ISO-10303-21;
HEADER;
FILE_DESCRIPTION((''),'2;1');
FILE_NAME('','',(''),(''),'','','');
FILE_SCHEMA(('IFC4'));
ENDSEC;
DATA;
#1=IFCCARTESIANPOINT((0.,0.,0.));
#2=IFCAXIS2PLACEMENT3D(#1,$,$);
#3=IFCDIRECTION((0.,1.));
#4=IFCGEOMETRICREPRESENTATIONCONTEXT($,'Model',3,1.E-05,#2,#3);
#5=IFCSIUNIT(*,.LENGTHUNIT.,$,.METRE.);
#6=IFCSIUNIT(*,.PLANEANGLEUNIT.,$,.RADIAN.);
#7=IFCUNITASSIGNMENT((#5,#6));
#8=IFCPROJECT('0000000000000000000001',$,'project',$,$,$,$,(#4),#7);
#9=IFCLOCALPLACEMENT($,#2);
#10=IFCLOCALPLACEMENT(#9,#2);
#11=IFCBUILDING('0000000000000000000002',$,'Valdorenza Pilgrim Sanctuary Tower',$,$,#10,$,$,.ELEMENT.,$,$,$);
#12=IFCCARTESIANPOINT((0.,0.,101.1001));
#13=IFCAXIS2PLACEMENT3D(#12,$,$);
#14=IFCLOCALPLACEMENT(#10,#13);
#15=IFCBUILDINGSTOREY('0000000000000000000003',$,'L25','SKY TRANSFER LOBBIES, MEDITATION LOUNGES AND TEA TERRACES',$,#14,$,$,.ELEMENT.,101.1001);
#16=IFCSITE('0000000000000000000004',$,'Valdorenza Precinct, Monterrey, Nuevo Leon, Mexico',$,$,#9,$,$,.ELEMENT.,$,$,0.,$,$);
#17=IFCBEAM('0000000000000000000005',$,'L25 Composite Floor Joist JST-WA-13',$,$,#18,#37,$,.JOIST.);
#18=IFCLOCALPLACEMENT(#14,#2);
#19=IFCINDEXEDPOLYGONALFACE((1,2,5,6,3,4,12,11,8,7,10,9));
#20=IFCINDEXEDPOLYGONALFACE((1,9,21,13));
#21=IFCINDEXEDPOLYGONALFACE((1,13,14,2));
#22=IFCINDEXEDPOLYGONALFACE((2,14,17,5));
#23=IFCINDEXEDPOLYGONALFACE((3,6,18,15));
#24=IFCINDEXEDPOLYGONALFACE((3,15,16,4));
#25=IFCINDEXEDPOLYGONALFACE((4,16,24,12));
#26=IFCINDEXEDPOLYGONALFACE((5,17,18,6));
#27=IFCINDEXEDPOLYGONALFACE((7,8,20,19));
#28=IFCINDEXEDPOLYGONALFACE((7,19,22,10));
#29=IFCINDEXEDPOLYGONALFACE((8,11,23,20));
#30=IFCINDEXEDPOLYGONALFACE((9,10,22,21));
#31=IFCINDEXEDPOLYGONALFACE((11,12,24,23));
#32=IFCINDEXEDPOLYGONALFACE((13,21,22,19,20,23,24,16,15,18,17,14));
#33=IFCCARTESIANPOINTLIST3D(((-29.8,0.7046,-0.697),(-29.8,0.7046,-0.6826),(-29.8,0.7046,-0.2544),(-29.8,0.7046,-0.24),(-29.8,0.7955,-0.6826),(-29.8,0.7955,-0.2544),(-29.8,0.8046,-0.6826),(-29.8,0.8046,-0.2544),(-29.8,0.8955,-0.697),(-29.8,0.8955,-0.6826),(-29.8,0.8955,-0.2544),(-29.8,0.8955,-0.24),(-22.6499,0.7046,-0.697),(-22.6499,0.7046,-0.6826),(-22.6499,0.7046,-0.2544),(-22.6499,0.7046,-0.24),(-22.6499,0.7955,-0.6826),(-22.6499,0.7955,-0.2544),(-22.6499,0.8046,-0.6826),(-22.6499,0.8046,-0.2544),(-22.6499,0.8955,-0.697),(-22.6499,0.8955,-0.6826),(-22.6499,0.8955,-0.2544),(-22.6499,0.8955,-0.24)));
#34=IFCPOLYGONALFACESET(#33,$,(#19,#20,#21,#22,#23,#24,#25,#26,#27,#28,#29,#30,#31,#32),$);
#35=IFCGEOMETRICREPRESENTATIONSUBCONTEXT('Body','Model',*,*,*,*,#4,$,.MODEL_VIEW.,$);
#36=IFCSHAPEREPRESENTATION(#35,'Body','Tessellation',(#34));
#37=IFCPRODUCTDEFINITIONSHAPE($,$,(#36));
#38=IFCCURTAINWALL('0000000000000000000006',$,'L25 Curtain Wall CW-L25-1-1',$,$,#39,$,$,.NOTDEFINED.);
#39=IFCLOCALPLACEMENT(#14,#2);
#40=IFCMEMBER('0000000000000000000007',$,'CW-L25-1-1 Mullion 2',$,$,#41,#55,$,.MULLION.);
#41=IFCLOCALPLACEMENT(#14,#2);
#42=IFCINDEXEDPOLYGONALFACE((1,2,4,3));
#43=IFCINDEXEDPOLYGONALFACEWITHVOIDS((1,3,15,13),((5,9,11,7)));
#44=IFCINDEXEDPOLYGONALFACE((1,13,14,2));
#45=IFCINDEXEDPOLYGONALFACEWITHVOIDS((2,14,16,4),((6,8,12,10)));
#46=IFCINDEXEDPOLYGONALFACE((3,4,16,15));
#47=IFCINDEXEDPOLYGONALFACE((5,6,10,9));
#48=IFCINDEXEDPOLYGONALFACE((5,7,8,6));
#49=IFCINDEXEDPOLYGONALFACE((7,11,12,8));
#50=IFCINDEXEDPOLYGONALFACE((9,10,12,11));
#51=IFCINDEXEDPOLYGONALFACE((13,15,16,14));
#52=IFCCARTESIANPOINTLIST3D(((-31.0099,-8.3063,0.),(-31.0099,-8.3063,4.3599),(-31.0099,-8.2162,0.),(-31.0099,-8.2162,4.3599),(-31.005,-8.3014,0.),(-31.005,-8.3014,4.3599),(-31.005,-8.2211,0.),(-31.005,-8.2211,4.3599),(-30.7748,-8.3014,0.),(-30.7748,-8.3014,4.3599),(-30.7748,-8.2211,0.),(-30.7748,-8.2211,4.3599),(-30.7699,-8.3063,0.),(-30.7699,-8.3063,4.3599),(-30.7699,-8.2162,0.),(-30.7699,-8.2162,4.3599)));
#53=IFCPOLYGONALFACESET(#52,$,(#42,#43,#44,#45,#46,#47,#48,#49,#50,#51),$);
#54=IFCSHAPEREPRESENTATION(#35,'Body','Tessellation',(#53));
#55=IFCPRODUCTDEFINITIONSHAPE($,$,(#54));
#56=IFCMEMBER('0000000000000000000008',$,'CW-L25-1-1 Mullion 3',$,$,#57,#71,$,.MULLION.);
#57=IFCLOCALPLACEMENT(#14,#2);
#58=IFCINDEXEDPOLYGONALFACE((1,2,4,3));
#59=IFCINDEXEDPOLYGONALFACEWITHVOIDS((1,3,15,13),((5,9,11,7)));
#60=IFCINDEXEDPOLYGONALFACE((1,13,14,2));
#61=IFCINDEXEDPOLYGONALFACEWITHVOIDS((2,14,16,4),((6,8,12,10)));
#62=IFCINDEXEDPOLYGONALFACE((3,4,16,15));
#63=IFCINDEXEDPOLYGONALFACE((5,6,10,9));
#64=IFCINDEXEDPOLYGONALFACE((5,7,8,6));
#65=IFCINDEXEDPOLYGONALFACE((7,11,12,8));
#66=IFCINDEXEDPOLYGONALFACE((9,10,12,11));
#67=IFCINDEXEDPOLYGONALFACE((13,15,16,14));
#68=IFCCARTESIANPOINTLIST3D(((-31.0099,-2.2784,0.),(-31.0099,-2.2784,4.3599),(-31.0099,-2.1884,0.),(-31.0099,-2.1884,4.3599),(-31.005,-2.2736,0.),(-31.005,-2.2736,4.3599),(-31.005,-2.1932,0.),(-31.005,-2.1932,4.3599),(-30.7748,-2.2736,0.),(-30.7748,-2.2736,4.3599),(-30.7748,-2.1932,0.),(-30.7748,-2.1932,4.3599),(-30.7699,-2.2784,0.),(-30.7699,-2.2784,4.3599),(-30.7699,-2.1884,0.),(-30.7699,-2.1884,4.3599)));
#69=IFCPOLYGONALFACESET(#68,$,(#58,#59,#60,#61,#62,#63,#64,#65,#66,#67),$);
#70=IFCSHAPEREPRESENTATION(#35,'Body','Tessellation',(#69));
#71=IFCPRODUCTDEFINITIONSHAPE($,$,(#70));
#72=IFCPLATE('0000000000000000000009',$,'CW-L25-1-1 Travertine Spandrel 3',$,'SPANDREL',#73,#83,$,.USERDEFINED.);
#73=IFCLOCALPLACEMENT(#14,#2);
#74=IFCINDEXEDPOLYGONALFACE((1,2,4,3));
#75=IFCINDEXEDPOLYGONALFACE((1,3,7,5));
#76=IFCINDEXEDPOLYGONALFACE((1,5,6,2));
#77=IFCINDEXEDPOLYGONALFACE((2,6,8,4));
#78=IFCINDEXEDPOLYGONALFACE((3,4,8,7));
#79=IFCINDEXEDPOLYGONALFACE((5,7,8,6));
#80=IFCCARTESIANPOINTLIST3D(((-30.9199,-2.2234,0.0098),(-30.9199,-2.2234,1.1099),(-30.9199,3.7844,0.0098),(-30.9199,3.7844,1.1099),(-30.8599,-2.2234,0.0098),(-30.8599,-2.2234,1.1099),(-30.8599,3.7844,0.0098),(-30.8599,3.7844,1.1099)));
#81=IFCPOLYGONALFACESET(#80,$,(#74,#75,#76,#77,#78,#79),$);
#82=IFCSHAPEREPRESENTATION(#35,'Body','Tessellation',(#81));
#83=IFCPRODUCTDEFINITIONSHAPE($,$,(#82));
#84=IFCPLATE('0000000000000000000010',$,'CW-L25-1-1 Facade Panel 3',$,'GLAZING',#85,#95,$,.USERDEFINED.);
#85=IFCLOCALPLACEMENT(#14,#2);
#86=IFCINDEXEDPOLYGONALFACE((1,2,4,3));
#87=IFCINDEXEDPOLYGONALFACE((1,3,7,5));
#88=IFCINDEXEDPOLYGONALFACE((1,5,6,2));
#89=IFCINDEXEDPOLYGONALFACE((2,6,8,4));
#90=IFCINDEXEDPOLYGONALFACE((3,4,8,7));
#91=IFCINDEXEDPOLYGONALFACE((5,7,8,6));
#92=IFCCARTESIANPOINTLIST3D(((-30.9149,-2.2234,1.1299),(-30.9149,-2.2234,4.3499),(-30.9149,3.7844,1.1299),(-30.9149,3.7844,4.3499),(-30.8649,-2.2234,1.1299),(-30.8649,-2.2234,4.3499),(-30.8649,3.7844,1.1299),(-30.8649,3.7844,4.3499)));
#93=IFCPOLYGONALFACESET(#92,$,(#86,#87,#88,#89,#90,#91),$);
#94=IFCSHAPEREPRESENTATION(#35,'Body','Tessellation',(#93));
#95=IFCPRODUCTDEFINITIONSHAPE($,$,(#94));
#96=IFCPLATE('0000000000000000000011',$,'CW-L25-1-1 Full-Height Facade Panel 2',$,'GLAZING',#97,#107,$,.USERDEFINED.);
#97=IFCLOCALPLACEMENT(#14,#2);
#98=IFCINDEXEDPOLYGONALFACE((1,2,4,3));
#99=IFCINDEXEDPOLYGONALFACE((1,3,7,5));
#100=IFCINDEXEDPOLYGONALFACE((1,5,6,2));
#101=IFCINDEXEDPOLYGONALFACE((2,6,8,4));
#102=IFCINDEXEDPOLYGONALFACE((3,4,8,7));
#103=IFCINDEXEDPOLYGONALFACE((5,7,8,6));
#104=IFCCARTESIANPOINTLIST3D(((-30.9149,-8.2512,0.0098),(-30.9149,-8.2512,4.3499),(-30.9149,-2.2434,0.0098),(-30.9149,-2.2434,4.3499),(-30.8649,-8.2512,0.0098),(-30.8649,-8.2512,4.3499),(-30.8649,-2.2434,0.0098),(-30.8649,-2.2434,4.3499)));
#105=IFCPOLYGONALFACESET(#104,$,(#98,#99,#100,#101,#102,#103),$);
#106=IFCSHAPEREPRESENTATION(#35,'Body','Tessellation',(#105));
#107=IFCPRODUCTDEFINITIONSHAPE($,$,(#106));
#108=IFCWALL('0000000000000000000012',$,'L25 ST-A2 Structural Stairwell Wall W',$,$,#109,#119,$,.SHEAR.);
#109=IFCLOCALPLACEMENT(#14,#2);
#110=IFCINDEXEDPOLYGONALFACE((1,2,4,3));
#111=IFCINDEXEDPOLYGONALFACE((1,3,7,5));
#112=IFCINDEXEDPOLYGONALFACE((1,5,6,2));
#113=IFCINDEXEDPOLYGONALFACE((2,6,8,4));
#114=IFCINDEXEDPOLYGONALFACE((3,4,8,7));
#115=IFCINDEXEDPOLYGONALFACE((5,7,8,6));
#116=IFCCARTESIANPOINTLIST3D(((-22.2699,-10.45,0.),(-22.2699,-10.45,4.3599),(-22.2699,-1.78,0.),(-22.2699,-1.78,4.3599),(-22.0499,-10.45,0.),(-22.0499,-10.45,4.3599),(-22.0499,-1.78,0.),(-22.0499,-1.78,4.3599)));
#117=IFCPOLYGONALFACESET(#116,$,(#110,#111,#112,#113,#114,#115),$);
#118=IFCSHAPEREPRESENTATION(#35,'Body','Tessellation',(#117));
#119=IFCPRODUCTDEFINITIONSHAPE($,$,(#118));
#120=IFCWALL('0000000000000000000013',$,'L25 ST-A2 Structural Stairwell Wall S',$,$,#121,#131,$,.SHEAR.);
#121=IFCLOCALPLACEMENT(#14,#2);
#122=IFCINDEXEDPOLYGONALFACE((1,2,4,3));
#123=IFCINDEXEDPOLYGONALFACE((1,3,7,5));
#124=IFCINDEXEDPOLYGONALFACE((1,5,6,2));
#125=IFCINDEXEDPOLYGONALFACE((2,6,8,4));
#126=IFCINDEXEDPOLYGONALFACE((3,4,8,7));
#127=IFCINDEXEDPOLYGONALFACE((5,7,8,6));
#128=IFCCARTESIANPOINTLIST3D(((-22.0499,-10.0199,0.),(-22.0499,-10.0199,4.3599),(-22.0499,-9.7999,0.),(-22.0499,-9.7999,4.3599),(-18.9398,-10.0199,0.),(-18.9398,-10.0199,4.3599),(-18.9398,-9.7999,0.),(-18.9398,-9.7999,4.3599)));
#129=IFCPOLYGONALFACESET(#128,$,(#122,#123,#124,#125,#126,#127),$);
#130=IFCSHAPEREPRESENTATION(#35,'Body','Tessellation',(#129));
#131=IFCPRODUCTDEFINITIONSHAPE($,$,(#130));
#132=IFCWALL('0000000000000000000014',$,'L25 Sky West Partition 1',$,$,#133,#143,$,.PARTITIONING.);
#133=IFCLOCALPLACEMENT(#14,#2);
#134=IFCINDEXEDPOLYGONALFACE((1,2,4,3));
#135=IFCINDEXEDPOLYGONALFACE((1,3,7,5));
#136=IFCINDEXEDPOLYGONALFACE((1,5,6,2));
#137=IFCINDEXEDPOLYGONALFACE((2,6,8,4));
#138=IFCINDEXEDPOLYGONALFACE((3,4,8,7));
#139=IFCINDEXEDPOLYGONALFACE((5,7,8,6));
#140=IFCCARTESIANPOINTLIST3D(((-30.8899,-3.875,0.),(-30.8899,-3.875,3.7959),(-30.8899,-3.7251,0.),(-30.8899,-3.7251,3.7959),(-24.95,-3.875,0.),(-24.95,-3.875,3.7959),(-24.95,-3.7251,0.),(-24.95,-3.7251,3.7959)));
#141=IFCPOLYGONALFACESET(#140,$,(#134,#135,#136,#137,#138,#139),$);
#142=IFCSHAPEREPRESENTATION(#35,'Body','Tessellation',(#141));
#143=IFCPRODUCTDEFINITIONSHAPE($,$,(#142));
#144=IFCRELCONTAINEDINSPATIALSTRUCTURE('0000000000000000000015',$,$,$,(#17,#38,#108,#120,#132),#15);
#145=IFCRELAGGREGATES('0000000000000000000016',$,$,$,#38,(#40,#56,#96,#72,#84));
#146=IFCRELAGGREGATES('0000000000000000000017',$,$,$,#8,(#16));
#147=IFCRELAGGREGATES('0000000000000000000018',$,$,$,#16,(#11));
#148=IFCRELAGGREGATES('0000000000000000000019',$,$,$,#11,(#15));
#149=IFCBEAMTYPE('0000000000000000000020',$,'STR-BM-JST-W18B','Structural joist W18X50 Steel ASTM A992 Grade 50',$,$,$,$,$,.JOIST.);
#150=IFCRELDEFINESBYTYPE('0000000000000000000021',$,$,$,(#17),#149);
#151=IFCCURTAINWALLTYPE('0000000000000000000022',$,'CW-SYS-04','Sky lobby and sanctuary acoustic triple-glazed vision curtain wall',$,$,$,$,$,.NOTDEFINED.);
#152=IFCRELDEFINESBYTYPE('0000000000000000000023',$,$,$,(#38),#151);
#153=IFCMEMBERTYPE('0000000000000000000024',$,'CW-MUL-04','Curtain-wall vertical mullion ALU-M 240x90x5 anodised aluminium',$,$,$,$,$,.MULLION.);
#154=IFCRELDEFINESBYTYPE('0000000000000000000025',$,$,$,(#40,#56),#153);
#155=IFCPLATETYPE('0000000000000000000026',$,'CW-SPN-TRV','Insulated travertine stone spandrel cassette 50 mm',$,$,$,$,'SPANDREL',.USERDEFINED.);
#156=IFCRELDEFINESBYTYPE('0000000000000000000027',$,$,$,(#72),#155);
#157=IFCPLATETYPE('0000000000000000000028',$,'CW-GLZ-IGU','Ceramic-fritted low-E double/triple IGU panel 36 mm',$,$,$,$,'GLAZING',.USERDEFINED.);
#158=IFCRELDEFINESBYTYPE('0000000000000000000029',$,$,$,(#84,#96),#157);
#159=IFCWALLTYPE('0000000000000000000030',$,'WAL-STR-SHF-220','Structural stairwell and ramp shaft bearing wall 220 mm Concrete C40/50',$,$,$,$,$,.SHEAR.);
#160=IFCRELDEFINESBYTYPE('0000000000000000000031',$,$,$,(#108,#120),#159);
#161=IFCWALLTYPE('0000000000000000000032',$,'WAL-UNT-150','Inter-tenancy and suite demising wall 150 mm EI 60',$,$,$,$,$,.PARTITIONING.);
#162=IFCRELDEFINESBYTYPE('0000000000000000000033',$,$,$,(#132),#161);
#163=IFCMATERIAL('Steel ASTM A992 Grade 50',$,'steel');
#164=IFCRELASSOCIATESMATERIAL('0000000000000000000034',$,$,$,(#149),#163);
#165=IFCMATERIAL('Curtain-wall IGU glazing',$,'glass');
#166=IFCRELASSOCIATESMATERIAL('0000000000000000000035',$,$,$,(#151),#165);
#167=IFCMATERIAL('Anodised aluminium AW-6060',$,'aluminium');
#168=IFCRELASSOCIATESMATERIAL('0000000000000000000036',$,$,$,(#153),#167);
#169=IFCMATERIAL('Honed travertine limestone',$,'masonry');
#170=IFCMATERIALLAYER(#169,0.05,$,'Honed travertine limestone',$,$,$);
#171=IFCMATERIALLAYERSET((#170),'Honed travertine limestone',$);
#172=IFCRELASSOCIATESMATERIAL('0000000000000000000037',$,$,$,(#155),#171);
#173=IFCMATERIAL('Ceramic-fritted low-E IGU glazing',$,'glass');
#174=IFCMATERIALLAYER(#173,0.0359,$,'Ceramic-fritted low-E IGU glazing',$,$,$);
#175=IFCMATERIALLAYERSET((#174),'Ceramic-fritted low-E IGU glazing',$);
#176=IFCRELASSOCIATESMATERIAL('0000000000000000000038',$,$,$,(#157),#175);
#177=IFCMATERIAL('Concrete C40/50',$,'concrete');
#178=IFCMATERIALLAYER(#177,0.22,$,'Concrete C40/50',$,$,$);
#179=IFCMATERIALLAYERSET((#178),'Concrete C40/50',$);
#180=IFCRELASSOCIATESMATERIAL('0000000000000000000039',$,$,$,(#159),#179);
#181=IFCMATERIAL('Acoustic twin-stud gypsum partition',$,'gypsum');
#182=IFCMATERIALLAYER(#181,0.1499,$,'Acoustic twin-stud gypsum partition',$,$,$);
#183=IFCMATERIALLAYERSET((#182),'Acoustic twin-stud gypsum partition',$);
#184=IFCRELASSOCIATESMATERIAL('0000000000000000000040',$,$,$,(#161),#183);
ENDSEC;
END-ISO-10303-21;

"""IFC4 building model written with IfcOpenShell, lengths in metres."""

from ifc_helpers import new_model, si_unit, direction, frame, frame_2d, origin, origin_2d, place, context, subcontext, project, spatial, rectangle, hollow_rectangle, i_section, extrude, source, transform, mapped, material, layer, layer_set, material_profile, profile_set, type_object, element, aggregate, save


model = new_model("IFC4")

# Units and contexts
model_context = context("Model", 3, precision=1e-05, world=origin(), true_north=direction((0.0, 1.0)))
body_context = subcontext(model_context, "Body", "Model", "MODEL_VIEW")
ifc_project = project(units=[si_unit("LENGTHUNIT", "METRE"), si_unit("PLANEANGLEUNIT", "RADIAN")], contexts=[model_context])

# Site, building, storey
site_placement = place(None, origin())
site = spatial("IfcSite", under=ifc_project, at=site_placement, Name="Valdorenza Precinct, Monterrey, Nuevo Leon, Mexico", CompositionType="ELEMENT", RefElevation=0.0)
building_placement = place(site_placement, origin())
building = spatial("IfcBuilding", under=site, at=building_placement, Name="Valdorenza Pilgrim Sanctuary Tower", CompositionType="ELEMENT")
storey_placement = place(building_placement, frame((0.0, 0.0, 101.1001)))
storey = spatial("IfcBuildingStorey", under=building, at=storey_placement, Name="L25", Description="SKY TRANSFER LOBBIES, MEDITATION LOUNGES AND TEA TERRACES", CompositionType="ELEMENT", Elevation=101.1001)

# Beam
ifc_material_1 = material(Name="Steel ASTM A992 Grade 50", Category="steel")
ifc_material_profile_1 = material_profile(ifc_material_1, i_section(OverallWidth=0.1909, OverallDepth=0.457, WebThickness=0.009, FlangeThickness=0.0144, at=origin_2d()), Name="W18X50")
ifc_profile_set_1 = profile_set([ifc_material_profile_1], Name="Steel ASTM A992 Grade 50")
beam_type_1 = type_object("IfcBeamType", Name="STR-BM-JST-W18B", Description="Structural joist W18X50 Steel ASTM A992 Grade 50", PredefinedType="JOIST", material=ifc_profile_set_1)
shared_shape_1 = source(origin(), body_context, "Body", "SweptSolid", [
    extrude(i_section(OverallWidth=0.1909, OverallDepth=0.457, WebThickness=0.009, FlangeThickness=0.0144, at=origin_2d()), origin(), (0.0, 0.0, 1.0), 7.1501),
])
for number, where, z_axis, x_axis, name in (
    (1, (-29.8, 0.8, -0.4685), (1.0, 0.0, 0.0), (0.0, 1.0, 0.0), "L25 Composite Floor Joist JST-WA-13"),
):
    element("IfcBeam", number, at=place(storey_placement, frame(where, z_axis=z_axis, x_axis=x_axis)), inside=storey, type_object=beam_type_1, Name=name, PredefinedType="JOIST", context=body_context, shape_type="MappedRepresentation", body=[
        mapped(shared_shape_1, transform((0.0, 0.0, 0.0), x_axis=(1.0, 0.0, 0.0), y_axis=(0.0, 1.0, 0.0), z_axis=(0.0, 0.0, 1.0), scale=1.0)),
    ])

# Curtain wall, members, plates
ifc_material_2 = material(Name="Curtain-wall IGU glazing", Category="glass")
curtain_wall_type = type_object("IfcCurtainWallType", Name="CW-SYS-04", Description="Sky lobby and sanctuary acoustic triple-glazed vision curtain wall", PredefinedType="NOTDEFINED", material=ifc_material_2)
curtain_wall_placement = place(storey_placement, origin())
curtain_wall = element("IfcCurtainWall", 2, at=curtain_wall_placement, inside=storey, type_object=curtain_wall_type, Name="L25 Curtain Wall CW-L25-1-1", PredefinedType="NOTDEFINED")
ifc_material_3 = material(Name="Anodised aluminium AW-6060", Category="aluminium")
ifc_material_profile_2 = material_profile(ifc_material_3, hollow_rectangle(XDim=0.0901, YDim=0.24, WallThickness=0.0049, at=origin_2d()), Name="ALU-M 240x90x5")
ifc_profile_set_2 = profile_set([ifc_material_profile_2], Name="Anodised aluminium AW-6060")
member_type = type_object("IfcMemberType", Name="CW-MUL-04", Description="Curtain-wall vertical mullion ALU-M 240x90x5 anodised aluminium", PredefinedType="MULLION", material=ifc_profile_set_2)
shared_shape_2 = source(origin(), body_context, "Body", "SweptSolid", [
    extrude(hollow_rectangle(XDim=0.0901, YDim=0.24, WallThickness=0.0049, at=origin_2d()), origin(), (0.0, 0.0, 1.0), 4.3599),
])
member_1_placement = place(storey_placement, frame((-30.8899, -8.2612, 0.0), z_axis=(0.0, 0.0, 1.0), x_axis=(0.0, 1.0, 0.0)))
member_1 = element("IfcMember", 3, at=member_1_placement, type_object=member_type, Name="CW-L25-1-1 Mullion 2", PredefinedType="MULLION", context=body_context, shape_type="MappedRepresentation", body=[
    mapped(shared_shape_2, transform((0.0, 0.0, 0.0), x_axis=(1.0, 0.0, 0.0), y_axis=(0.0, 1.0, 0.0), z_axis=(0.0, 0.0, 1.0), scale=1.0)),
])
member_2_placement = place(storey_placement, frame((-30.8899, -2.2334, 0.0), z_axis=(0.0, 0.0, 1.0), x_axis=(0.0, 1.0, 0.0)))
member_2 = element("IfcMember", 4, at=member_2_placement, type_object=member_type, Name="CW-L25-1-1 Mullion 3", PredefinedType="MULLION", context=body_context, shape_type="MappedRepresentation", body=[
    mapped(shared_shape_2, transform((0.0, 0.0, 0.0), x_axis=(1.0, 0.0, 0.0), y_axis=(0.0, 1.0, 0.0), z_axis=(0.0, 0.0, 1.0), scale=1.0)),
])
ifc_material_4 = material(Name="Honed travertine limestone", Category="masonry")
ifc_layer_1 = layer(ifc_material_4, 0.05, Name="Honed travertine limestone")
ifc_layer_set_1 = layer_set([ifc_layer_1], Name="Honed travertine limestone")
plate_type_1 = type_object("IfcPlateType", Name="CW-SPN-TRV", Description="Insulated travertine stone spandrel cassette 50 mm", ElementType="SPANDREL", PredefinedType="USERDEFINED", material=ifc_layer_set_1)
shared_shape_3 = source(origin(), body_context, "Body", "SweptSolid", [
    extrude(rectangle(XDim=6.0078, YDim=0.0601, at=origin_2d()), origin(), (0.0, 0.0, 1.0), 1.1001),
])
plate_1_placement = place(storey_placement, frame((-30.8899, 0.7805, 0.0098), z_axis=(0.0, 0.0, 1.0), x_axis=(0.0, 1.0, 0.0)))
plate_1 = element("IfcPlate", 5, at=plate_1_placement, type_object=plate_type_1, Name="CW-L25-1-1 Travertine Spandrel 3", ObjectType="SPANDREL", PredefinedType="USERDEFINED", context=body_context, shape_type="MappedRepresentation", body=[
    mapped(shared_shape_3, transform((0.0, 0.0, 0.0), x_axis=(1.0, 0.0, 0.0), y_axis=(0.0, 1.0, 0.0), z_axis=(0.0, 0.0, 1.0), scale=1.0)),
])
ifc_material_5 = material(Name="Ceramic-fritted low-E IGU glazing", Category="glass")
ifc_layer_2 = layer(ifc_material_5, 0.0359, Name="Ceramic-fritted low-E IGU glazing")
ifc_layer_set_2 = layer_set([ifc_layer_2], Name="Ceramic-fritted low-E IGU glazing")
plate_type_2 = type_object("IfcPlateType", Name="CW-GLZ-IGU", Description="Ceramic-fritted low-E double/triple IGU panel 36 mm", ElementType="GLAZING", PredefinedType="USERDEFINED", material=ifc_layer_set_2)
shared_shape_4 = source(origin(), body_context, "Body", "SweptSolid", [
    extrude(rectangle(XDim=6.0078, YDim=0.05, at=origin_2d()), origin(), (0.0, 0.0, 1.0), 3.22),
])
plate_2_placement = place(storey_placement, frame((-30.8899, 0.7805, 1.1299), z_axis=(0.0, 0.0, 1.0), x_axis=(0.0, 1.0, 0.0)))
plate_2 = element("IfcPlate", 6, at=plate_2_placement, type_object=plate_type_2, Name="CW-L25-1-1 Facade Panel 3", ObjectType="GLAZING", PredefinedType="USERDEFINED", context=body_context, shape_type="MappedRepresentation", body=[
    mapped(shared_shape_4, transform((0.0, 0.0, 0.0), x_axis=(1.0, 0.0, 0.0), y_axis=(0.0, 1.0, 0.0), z_axis=(0.0, 0.0, 1.0), scale=1.0)),
])
shared_shape_5 = source(origin(), body_context, "Body", "SweptSolid", [
    extrude(rectangle(XDim=6.0078, YDim=0.05, at=origin_2d()), origin(), (0.0, 0.0, 1.0), 4.3401),
])
plate_3_placement = place(storey_placement, frame((-30.8899, -5.2473, 0.0098), z_axis=(0.0, 0.0, 1.0), x_axis=(0.0, 1.0, 0.0)))
plate_3 = element("IfcPlate", 7, at=plate_3_placement, type_object=plate_type_2, Name="CW-L25-1-1 Full-Height Facade Panel 2", ObjectType="GLAZING", PredefinedType="USERDEFINED", context=body_context, shape_type="MappedRepresentation", body=[
    mapped(shared_shape_5, transform((0.0, 0.0, 0.0), x_axis=(1.0, 0.0, 0.0), y_axis=(0.0, 1.0, 0.0), z_axis=(0.0, 0.0, 1.0), scale=1.0)),
])
aggregate(curtain_wall, [member_1, member_2, plate_3, plate_1, plate_2])

# Walls
ifc_material_6 = material(Name="Concrete C40/50", Category="concrete")
ifc_layer_3 = layer(ifc_material_6, 0.22, Name="Concrete C40/50")
ifc_layer_set_3 = layer_set([ifc_layer_3], Name="Concrete C40/50")
wall_type_1 = type_object("IfcWallType", Name="WAL-STR-SHF-220", Description="Structural stairwell and ramp shaft bearing wall 220 mm Concrete C40/50", PredefinedType="SHEAR", material=ifc_layer_set_3)
wall_1_placement = place(storey_placement, frame((-22.1599, -10.45, 0.0), z_axis=(0.0, 0.0, 1.0), x_axis=(0.0, 1.0, 0.0)))
element("IfcWall", 8, at=wall_1_placement, inside=storey, type_object=wall_type_1, Name="L25 ST-A2 Structural Stairwell Wall W", PredefinedType="SHEAR", context=body_context, shape_type="SweptSolid", body=[
    extrude(rectangle(XDim=8.6699, YDim=0.22, at=frame_2d((4.335, 0.0))), origin(), (0.0, 0.0, 1.0), 4.3599),
])
wall_2_placement = place(storey_placement, frame((-22.05, -9.9099, 0.0), z_axis=(0.0, 0.0, 1.0), x_axis=(1.0, 0.0, 0.0)))
element("IfcWall", 9, at=wall_2_placement, inside=storey, type_object=wall_type_1, Name="L25 ST-A2 Structural Stairwell Wall S", PredefinedType="SHEAR", context=body_context, shape_type="SweptSolid", body=[
    extrude(rectangle(XDim=3.1101, YDim=0.22, at=frame_2d((1.5552, 0.0))), origin(), (0.0, 0.0, 1.0), 4.3599),
])

# Wall
ifc_material_7 = material(Name="Acoustic twin-stud gypsum partition", Category="gypsum")
ifc_layer_4 = layer(ifc_material_7, 0.1499, Name="Acoustic twin-stud gypsum partition")
ifc_layer_set_4 = layer_set([ifc_layer_4], Name="Acoustic twin-stud gypsum partition")
wall_type_2 = type_object("IfcWallType", Name="WAL-UNT-150", Description="Inter-tenancy and suite demising wall 150 mm EI 60", PredefinedType="PARTITIONING", material=ifc_layer_set_4)
wall_3_placement = place(storey_placement, frame((-30.8899, -3.8, 0.0), z_axis=(0.0, 0.0, 1.0), x_axis=(1.0, 0.0, 0.0)))
element("IfcWall", 10, at=wall_3_placement, inside=storey, type_object=wall_type_2, Name="L25 Sky West Partition 1", PredefinedType="PARTITIONING", context=body_context, shape_type="SweptSolid", body=[
    extrude(rectangle(XDim=5.9399, YDim=0.1499, at=frame_2d((2.97, 0.0))), origin(), (0.0, 0.0, 1.0), 3.7959),
])

save(model, "model.ifc")
